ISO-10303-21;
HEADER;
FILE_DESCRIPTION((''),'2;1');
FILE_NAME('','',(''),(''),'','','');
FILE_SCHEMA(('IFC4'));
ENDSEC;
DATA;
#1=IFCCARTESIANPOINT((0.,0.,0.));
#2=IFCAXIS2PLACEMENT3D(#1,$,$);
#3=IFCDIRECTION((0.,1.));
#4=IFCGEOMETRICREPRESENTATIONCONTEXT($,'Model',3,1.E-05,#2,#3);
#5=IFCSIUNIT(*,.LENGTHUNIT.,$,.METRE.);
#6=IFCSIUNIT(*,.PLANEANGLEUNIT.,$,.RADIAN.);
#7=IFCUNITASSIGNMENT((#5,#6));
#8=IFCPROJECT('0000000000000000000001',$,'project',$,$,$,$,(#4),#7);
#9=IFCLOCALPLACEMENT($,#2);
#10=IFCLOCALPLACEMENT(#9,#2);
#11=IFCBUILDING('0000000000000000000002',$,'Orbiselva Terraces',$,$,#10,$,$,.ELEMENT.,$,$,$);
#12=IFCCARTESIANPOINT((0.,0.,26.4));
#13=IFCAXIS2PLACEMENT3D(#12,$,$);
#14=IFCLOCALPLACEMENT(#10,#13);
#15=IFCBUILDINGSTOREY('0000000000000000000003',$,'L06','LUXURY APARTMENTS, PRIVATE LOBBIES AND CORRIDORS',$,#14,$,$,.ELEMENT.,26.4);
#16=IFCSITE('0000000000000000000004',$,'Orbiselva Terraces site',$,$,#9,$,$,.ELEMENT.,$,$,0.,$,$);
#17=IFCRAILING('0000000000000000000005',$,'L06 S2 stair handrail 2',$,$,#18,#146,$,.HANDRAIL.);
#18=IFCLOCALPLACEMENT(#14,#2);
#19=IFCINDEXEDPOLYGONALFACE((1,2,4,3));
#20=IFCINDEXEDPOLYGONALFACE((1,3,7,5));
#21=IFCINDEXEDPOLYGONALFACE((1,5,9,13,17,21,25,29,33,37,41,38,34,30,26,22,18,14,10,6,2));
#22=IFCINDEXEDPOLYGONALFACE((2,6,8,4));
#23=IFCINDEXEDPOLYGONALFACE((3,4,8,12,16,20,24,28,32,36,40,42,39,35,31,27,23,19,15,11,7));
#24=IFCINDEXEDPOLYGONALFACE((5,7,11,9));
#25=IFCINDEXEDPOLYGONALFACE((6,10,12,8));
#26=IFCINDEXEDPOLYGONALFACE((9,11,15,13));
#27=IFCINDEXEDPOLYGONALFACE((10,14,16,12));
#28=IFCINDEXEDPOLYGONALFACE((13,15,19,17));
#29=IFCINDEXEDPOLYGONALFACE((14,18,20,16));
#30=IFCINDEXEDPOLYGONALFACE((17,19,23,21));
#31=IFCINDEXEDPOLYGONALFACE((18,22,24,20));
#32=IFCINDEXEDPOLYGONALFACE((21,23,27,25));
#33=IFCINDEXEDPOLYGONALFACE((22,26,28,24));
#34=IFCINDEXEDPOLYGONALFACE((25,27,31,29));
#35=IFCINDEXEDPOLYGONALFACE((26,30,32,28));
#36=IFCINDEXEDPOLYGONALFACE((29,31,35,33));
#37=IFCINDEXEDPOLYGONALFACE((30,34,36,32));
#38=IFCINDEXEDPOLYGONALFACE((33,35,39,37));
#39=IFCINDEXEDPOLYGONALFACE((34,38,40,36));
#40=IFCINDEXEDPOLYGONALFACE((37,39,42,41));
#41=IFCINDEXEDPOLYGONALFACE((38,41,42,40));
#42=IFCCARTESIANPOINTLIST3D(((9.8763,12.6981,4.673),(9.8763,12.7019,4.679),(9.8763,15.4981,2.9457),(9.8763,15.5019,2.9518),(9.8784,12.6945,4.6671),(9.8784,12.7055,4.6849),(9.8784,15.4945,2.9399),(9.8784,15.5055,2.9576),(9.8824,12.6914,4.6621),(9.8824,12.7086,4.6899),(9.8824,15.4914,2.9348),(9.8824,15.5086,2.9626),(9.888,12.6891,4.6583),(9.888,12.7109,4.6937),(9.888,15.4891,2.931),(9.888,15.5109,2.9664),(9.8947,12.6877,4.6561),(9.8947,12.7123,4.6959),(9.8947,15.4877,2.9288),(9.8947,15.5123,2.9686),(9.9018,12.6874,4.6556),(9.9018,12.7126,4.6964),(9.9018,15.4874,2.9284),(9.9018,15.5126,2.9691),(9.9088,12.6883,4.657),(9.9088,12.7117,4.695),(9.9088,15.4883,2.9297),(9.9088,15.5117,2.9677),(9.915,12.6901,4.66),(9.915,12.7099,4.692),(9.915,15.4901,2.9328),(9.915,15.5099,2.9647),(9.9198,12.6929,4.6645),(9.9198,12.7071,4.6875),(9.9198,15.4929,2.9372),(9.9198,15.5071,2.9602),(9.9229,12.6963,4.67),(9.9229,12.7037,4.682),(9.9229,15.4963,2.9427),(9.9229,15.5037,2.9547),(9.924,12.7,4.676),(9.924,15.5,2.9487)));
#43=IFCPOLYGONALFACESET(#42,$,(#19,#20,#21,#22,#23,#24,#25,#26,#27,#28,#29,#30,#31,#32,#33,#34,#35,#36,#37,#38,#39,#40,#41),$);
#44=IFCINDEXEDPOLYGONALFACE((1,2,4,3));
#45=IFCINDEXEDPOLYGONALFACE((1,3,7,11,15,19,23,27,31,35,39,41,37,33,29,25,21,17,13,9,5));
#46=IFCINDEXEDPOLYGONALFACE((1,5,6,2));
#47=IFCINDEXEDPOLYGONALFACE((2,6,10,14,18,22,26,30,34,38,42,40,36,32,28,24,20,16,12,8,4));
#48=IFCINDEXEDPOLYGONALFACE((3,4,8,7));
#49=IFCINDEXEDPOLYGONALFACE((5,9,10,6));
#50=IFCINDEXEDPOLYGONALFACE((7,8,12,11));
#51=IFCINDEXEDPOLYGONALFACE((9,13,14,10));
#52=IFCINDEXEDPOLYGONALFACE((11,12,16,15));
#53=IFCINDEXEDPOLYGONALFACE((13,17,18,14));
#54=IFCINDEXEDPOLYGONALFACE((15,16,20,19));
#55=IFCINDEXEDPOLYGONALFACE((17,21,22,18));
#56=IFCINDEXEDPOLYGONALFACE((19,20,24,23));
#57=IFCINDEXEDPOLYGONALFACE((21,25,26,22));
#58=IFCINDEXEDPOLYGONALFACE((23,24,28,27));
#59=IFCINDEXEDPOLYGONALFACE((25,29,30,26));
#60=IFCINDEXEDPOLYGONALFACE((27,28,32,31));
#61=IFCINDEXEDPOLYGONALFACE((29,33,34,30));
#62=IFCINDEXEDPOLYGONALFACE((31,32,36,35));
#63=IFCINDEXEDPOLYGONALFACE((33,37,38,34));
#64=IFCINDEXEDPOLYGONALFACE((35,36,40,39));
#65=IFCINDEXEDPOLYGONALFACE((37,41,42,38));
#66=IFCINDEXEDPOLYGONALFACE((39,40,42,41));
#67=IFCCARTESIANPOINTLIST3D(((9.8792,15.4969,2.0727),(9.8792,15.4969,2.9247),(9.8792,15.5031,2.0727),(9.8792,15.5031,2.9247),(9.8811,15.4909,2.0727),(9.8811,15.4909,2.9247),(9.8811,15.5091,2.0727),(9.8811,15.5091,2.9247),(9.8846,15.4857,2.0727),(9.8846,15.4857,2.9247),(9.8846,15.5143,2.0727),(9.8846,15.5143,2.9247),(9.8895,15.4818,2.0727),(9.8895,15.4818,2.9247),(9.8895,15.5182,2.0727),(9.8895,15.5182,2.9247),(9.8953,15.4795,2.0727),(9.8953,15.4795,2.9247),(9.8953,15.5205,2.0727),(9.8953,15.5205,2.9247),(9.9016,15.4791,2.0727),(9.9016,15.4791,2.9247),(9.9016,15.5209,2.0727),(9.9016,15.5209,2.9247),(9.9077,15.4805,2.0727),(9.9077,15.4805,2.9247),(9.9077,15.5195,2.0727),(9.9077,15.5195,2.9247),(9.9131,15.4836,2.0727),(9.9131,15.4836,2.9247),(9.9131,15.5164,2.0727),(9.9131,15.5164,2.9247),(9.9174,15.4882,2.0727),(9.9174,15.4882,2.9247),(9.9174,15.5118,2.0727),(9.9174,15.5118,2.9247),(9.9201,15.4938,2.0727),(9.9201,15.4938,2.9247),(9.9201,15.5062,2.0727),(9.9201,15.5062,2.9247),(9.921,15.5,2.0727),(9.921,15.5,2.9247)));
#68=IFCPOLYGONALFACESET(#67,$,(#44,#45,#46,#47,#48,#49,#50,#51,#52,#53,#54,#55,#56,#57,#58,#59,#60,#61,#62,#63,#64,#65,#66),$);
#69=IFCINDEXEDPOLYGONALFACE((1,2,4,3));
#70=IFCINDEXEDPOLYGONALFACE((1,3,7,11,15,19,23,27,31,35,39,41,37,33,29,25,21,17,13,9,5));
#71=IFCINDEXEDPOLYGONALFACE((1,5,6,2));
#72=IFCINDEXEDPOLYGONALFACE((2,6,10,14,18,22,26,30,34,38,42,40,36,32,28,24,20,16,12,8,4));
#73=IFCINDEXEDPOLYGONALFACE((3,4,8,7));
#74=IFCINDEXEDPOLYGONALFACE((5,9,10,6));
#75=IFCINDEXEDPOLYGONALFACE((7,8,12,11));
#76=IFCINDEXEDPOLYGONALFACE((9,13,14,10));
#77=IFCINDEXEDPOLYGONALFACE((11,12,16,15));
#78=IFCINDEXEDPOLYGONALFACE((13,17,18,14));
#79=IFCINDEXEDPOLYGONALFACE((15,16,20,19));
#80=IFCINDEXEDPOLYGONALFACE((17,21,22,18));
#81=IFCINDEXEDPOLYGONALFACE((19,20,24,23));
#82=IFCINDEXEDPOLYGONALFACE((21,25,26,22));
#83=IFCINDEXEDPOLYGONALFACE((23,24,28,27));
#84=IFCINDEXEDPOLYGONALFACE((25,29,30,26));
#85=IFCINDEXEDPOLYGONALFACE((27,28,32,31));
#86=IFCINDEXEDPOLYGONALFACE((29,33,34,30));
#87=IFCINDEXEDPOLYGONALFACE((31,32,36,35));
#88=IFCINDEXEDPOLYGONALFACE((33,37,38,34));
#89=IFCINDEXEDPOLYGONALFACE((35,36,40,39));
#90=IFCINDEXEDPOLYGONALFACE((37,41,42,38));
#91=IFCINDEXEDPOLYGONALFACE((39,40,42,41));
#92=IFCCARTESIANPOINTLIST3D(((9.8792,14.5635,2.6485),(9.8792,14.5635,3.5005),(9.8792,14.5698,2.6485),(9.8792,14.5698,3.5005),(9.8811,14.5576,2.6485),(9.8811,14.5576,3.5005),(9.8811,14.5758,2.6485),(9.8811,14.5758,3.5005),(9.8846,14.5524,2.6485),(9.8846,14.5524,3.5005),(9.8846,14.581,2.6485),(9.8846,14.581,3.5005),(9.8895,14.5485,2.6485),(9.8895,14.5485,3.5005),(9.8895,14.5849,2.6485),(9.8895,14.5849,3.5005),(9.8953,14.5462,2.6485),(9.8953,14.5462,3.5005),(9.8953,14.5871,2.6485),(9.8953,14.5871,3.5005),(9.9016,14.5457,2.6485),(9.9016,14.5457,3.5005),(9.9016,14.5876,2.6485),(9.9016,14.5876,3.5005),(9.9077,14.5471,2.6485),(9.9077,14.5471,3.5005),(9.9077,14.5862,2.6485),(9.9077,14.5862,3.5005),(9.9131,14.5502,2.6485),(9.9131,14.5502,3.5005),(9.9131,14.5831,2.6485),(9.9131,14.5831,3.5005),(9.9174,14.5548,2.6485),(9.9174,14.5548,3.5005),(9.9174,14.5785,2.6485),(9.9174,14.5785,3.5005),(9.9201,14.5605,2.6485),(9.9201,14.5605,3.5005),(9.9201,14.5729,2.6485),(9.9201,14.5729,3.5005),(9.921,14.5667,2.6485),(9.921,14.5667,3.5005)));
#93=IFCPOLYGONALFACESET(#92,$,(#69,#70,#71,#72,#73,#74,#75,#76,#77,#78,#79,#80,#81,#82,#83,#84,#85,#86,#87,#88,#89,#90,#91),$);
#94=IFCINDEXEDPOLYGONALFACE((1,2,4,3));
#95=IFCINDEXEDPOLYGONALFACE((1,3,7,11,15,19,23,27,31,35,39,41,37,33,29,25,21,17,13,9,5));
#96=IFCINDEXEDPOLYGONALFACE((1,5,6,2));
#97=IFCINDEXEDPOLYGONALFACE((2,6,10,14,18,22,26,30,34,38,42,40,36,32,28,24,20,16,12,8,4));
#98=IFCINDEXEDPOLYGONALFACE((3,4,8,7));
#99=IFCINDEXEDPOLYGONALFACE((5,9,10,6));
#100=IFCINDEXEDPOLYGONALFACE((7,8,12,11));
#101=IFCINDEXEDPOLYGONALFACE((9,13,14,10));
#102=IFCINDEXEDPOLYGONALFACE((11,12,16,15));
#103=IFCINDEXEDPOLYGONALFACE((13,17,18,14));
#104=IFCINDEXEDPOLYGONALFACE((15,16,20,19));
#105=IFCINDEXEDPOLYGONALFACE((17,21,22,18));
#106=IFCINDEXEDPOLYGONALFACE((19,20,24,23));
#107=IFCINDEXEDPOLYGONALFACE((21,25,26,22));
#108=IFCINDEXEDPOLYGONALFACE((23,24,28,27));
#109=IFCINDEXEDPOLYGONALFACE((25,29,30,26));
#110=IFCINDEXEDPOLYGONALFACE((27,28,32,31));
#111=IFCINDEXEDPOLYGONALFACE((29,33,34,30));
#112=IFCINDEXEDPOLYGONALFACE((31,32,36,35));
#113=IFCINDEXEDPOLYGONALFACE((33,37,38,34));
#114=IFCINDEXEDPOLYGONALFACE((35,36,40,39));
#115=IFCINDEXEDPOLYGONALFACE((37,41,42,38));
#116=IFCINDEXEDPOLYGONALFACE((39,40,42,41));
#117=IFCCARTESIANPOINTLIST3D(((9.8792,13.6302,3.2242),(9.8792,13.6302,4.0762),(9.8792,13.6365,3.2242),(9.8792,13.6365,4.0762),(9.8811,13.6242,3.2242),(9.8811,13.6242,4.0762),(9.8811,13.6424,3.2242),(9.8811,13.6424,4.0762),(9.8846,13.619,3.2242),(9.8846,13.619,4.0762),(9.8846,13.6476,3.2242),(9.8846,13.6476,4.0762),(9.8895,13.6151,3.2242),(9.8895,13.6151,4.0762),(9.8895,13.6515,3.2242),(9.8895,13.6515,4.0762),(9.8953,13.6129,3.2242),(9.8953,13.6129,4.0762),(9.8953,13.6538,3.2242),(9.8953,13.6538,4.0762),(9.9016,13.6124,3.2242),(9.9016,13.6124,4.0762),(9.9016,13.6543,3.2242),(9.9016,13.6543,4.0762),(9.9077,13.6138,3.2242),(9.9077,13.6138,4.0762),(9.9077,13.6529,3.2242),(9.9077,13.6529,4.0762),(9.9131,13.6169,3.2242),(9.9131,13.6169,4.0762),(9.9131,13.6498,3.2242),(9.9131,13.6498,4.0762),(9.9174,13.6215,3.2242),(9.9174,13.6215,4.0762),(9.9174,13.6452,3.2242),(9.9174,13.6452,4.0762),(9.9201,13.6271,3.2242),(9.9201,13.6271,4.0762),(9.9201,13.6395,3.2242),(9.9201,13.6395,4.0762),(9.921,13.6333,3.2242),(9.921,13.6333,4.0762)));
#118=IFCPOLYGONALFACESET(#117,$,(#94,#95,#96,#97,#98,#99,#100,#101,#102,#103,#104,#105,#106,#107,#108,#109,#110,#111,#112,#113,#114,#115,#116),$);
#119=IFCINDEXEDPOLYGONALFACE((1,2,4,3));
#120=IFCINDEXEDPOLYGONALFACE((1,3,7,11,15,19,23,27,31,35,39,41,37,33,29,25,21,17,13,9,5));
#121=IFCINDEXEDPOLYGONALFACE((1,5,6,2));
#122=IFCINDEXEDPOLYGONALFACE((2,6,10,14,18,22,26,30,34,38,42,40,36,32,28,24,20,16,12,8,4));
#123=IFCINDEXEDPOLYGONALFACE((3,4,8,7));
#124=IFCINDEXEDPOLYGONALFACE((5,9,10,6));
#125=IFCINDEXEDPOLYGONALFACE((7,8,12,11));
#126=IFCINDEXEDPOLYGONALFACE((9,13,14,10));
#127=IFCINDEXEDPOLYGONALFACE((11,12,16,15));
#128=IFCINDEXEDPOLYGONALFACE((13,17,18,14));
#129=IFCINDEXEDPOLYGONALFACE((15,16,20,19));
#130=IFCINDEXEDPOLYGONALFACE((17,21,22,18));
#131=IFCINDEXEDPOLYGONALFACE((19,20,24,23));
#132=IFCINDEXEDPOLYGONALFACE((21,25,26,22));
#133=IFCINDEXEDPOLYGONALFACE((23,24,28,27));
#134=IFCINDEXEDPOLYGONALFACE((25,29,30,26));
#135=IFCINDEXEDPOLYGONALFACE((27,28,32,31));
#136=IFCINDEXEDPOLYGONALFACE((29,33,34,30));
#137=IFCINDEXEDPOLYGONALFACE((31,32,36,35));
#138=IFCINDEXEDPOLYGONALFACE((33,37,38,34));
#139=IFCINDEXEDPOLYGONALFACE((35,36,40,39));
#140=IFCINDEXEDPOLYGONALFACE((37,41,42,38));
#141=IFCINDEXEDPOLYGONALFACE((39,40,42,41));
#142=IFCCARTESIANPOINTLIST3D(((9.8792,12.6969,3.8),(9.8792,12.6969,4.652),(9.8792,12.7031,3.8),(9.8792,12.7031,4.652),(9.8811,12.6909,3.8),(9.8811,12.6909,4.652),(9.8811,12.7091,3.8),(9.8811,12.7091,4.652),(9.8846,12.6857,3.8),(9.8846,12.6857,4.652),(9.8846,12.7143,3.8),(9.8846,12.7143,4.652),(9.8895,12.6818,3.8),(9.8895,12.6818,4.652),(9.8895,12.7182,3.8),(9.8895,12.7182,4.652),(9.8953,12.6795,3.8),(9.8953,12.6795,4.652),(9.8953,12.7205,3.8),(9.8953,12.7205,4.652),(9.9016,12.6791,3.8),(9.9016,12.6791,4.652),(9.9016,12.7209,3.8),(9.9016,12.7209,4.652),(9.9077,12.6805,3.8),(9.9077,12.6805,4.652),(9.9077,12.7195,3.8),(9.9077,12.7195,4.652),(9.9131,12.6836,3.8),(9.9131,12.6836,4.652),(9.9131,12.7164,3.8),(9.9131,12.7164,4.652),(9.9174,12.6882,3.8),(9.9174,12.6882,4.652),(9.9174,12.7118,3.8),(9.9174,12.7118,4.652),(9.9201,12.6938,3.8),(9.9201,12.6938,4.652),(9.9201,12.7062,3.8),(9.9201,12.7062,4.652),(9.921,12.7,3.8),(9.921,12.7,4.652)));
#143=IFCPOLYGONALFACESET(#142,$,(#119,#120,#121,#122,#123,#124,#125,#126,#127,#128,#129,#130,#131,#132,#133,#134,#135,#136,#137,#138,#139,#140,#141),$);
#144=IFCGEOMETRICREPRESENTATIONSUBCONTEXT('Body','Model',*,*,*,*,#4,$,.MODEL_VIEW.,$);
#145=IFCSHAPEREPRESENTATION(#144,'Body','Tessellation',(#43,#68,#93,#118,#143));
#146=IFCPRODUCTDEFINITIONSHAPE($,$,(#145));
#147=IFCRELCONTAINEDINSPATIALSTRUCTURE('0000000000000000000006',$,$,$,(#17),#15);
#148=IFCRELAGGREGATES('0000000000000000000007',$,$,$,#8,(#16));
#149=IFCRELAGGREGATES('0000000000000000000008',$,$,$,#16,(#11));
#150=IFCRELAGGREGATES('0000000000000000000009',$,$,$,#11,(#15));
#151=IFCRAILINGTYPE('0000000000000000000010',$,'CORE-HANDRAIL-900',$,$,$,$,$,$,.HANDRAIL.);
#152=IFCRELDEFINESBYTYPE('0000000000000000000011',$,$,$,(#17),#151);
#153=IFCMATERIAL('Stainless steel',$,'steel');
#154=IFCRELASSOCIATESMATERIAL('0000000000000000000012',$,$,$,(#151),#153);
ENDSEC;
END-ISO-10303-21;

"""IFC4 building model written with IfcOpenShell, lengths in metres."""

from ifc_helpers import new_model, si_unit, direction, frame, origin, origin_2d, place, context, subcontext, project, spatial, circle, extrude, material, type_object, element, save


model = new_model("IFC4")

# Units and contexts
model_context = context("Model", 3, precision=1e-05, world=origin(), true_north=direction((0.0, 1.0)))
body_context = subcontext(model_context, "Body", "Model", "MODEL_VIEW")
ifc_project = project(units=[si_unit("LENGTHUNIT", "METRE"), si_unit("PLANEANGLEUNIT", "RADIAN")], contexts=[model_context])

# Site, building, storey
site_placement = place(None, origin())
site = spatial("IfcSite", under=ifc_project, at=site_placement, Name="Orbiselva Terraces site", CompositionType="ELEMENT", RefElevation=0.0)
building_placement = place(site_placement, origin())
building = spatial("IfcBuilding", under=site, at=building_placement, Name="Orbiselva Terraces", CompositionType="ELEMENT")
storey_placement = place(building_placement, frame((0.0, 0.0, 26.4)))
storey = spatial("IfcBuildingStorey", under=building, at=storey_placement, Name="L06", Description="LUXURY APARTMENTS, PRIVATE LOBBIES AND CORRIDORS", CompositionType="ELEMENT", Elevation=26.4)

# Railing
ifc_material_1 = material(Name="Stainless steel", Category="steel")
railing_type = type_object("IfcRailingType", Name="CORE-HANDRAIL-900", PredefinedType="HANDRAIL", material=ifc_material_1)
railing_placement = place(storey_placement, frame((9.9, 15.5, 2.0727)))
element("IfcRailing", 1, at=railing_placement, inside=storey, type_object=railing_type, Name="L06 S2 stair handrail 2", PredefinedType="HANDRAIL", context=body_context, shape_type="SweptSolid", body=[
    extrude(circle(Radius=0.024, at=origin_2d()), frame((0.0, 0.0, 0.876), z_axis=(0.0, -0.851089, 0.525022), x_axis=(1.0, 0.0, 0.0)), (0.0, 0.0, 1.0), 3.2899),
    extrude(circle(Radius=0.021, at=origin_2d()), origin(), (0.0, 0.0, 1.0), 0.852),
    extrude(circle(Radius=0.021, at=origin_2d()), frame((0.0, -0.9333, 0.5758)), (0.0, 0.0, 1.0), 0.852),
    extrude(circle(Radius=0.021, at=origin_2d()), frame((0.0, -1.8667, 1.1515)), (0.0, 0.0, 1.0), 0.852),
    extrude(circle(Radius=0.021, at=origin_2d()), frame((0.0, -2.8, 1.7273)), (0.0, 0.0, 1.0), 0.852),
])

save(model, "model.ifc")
